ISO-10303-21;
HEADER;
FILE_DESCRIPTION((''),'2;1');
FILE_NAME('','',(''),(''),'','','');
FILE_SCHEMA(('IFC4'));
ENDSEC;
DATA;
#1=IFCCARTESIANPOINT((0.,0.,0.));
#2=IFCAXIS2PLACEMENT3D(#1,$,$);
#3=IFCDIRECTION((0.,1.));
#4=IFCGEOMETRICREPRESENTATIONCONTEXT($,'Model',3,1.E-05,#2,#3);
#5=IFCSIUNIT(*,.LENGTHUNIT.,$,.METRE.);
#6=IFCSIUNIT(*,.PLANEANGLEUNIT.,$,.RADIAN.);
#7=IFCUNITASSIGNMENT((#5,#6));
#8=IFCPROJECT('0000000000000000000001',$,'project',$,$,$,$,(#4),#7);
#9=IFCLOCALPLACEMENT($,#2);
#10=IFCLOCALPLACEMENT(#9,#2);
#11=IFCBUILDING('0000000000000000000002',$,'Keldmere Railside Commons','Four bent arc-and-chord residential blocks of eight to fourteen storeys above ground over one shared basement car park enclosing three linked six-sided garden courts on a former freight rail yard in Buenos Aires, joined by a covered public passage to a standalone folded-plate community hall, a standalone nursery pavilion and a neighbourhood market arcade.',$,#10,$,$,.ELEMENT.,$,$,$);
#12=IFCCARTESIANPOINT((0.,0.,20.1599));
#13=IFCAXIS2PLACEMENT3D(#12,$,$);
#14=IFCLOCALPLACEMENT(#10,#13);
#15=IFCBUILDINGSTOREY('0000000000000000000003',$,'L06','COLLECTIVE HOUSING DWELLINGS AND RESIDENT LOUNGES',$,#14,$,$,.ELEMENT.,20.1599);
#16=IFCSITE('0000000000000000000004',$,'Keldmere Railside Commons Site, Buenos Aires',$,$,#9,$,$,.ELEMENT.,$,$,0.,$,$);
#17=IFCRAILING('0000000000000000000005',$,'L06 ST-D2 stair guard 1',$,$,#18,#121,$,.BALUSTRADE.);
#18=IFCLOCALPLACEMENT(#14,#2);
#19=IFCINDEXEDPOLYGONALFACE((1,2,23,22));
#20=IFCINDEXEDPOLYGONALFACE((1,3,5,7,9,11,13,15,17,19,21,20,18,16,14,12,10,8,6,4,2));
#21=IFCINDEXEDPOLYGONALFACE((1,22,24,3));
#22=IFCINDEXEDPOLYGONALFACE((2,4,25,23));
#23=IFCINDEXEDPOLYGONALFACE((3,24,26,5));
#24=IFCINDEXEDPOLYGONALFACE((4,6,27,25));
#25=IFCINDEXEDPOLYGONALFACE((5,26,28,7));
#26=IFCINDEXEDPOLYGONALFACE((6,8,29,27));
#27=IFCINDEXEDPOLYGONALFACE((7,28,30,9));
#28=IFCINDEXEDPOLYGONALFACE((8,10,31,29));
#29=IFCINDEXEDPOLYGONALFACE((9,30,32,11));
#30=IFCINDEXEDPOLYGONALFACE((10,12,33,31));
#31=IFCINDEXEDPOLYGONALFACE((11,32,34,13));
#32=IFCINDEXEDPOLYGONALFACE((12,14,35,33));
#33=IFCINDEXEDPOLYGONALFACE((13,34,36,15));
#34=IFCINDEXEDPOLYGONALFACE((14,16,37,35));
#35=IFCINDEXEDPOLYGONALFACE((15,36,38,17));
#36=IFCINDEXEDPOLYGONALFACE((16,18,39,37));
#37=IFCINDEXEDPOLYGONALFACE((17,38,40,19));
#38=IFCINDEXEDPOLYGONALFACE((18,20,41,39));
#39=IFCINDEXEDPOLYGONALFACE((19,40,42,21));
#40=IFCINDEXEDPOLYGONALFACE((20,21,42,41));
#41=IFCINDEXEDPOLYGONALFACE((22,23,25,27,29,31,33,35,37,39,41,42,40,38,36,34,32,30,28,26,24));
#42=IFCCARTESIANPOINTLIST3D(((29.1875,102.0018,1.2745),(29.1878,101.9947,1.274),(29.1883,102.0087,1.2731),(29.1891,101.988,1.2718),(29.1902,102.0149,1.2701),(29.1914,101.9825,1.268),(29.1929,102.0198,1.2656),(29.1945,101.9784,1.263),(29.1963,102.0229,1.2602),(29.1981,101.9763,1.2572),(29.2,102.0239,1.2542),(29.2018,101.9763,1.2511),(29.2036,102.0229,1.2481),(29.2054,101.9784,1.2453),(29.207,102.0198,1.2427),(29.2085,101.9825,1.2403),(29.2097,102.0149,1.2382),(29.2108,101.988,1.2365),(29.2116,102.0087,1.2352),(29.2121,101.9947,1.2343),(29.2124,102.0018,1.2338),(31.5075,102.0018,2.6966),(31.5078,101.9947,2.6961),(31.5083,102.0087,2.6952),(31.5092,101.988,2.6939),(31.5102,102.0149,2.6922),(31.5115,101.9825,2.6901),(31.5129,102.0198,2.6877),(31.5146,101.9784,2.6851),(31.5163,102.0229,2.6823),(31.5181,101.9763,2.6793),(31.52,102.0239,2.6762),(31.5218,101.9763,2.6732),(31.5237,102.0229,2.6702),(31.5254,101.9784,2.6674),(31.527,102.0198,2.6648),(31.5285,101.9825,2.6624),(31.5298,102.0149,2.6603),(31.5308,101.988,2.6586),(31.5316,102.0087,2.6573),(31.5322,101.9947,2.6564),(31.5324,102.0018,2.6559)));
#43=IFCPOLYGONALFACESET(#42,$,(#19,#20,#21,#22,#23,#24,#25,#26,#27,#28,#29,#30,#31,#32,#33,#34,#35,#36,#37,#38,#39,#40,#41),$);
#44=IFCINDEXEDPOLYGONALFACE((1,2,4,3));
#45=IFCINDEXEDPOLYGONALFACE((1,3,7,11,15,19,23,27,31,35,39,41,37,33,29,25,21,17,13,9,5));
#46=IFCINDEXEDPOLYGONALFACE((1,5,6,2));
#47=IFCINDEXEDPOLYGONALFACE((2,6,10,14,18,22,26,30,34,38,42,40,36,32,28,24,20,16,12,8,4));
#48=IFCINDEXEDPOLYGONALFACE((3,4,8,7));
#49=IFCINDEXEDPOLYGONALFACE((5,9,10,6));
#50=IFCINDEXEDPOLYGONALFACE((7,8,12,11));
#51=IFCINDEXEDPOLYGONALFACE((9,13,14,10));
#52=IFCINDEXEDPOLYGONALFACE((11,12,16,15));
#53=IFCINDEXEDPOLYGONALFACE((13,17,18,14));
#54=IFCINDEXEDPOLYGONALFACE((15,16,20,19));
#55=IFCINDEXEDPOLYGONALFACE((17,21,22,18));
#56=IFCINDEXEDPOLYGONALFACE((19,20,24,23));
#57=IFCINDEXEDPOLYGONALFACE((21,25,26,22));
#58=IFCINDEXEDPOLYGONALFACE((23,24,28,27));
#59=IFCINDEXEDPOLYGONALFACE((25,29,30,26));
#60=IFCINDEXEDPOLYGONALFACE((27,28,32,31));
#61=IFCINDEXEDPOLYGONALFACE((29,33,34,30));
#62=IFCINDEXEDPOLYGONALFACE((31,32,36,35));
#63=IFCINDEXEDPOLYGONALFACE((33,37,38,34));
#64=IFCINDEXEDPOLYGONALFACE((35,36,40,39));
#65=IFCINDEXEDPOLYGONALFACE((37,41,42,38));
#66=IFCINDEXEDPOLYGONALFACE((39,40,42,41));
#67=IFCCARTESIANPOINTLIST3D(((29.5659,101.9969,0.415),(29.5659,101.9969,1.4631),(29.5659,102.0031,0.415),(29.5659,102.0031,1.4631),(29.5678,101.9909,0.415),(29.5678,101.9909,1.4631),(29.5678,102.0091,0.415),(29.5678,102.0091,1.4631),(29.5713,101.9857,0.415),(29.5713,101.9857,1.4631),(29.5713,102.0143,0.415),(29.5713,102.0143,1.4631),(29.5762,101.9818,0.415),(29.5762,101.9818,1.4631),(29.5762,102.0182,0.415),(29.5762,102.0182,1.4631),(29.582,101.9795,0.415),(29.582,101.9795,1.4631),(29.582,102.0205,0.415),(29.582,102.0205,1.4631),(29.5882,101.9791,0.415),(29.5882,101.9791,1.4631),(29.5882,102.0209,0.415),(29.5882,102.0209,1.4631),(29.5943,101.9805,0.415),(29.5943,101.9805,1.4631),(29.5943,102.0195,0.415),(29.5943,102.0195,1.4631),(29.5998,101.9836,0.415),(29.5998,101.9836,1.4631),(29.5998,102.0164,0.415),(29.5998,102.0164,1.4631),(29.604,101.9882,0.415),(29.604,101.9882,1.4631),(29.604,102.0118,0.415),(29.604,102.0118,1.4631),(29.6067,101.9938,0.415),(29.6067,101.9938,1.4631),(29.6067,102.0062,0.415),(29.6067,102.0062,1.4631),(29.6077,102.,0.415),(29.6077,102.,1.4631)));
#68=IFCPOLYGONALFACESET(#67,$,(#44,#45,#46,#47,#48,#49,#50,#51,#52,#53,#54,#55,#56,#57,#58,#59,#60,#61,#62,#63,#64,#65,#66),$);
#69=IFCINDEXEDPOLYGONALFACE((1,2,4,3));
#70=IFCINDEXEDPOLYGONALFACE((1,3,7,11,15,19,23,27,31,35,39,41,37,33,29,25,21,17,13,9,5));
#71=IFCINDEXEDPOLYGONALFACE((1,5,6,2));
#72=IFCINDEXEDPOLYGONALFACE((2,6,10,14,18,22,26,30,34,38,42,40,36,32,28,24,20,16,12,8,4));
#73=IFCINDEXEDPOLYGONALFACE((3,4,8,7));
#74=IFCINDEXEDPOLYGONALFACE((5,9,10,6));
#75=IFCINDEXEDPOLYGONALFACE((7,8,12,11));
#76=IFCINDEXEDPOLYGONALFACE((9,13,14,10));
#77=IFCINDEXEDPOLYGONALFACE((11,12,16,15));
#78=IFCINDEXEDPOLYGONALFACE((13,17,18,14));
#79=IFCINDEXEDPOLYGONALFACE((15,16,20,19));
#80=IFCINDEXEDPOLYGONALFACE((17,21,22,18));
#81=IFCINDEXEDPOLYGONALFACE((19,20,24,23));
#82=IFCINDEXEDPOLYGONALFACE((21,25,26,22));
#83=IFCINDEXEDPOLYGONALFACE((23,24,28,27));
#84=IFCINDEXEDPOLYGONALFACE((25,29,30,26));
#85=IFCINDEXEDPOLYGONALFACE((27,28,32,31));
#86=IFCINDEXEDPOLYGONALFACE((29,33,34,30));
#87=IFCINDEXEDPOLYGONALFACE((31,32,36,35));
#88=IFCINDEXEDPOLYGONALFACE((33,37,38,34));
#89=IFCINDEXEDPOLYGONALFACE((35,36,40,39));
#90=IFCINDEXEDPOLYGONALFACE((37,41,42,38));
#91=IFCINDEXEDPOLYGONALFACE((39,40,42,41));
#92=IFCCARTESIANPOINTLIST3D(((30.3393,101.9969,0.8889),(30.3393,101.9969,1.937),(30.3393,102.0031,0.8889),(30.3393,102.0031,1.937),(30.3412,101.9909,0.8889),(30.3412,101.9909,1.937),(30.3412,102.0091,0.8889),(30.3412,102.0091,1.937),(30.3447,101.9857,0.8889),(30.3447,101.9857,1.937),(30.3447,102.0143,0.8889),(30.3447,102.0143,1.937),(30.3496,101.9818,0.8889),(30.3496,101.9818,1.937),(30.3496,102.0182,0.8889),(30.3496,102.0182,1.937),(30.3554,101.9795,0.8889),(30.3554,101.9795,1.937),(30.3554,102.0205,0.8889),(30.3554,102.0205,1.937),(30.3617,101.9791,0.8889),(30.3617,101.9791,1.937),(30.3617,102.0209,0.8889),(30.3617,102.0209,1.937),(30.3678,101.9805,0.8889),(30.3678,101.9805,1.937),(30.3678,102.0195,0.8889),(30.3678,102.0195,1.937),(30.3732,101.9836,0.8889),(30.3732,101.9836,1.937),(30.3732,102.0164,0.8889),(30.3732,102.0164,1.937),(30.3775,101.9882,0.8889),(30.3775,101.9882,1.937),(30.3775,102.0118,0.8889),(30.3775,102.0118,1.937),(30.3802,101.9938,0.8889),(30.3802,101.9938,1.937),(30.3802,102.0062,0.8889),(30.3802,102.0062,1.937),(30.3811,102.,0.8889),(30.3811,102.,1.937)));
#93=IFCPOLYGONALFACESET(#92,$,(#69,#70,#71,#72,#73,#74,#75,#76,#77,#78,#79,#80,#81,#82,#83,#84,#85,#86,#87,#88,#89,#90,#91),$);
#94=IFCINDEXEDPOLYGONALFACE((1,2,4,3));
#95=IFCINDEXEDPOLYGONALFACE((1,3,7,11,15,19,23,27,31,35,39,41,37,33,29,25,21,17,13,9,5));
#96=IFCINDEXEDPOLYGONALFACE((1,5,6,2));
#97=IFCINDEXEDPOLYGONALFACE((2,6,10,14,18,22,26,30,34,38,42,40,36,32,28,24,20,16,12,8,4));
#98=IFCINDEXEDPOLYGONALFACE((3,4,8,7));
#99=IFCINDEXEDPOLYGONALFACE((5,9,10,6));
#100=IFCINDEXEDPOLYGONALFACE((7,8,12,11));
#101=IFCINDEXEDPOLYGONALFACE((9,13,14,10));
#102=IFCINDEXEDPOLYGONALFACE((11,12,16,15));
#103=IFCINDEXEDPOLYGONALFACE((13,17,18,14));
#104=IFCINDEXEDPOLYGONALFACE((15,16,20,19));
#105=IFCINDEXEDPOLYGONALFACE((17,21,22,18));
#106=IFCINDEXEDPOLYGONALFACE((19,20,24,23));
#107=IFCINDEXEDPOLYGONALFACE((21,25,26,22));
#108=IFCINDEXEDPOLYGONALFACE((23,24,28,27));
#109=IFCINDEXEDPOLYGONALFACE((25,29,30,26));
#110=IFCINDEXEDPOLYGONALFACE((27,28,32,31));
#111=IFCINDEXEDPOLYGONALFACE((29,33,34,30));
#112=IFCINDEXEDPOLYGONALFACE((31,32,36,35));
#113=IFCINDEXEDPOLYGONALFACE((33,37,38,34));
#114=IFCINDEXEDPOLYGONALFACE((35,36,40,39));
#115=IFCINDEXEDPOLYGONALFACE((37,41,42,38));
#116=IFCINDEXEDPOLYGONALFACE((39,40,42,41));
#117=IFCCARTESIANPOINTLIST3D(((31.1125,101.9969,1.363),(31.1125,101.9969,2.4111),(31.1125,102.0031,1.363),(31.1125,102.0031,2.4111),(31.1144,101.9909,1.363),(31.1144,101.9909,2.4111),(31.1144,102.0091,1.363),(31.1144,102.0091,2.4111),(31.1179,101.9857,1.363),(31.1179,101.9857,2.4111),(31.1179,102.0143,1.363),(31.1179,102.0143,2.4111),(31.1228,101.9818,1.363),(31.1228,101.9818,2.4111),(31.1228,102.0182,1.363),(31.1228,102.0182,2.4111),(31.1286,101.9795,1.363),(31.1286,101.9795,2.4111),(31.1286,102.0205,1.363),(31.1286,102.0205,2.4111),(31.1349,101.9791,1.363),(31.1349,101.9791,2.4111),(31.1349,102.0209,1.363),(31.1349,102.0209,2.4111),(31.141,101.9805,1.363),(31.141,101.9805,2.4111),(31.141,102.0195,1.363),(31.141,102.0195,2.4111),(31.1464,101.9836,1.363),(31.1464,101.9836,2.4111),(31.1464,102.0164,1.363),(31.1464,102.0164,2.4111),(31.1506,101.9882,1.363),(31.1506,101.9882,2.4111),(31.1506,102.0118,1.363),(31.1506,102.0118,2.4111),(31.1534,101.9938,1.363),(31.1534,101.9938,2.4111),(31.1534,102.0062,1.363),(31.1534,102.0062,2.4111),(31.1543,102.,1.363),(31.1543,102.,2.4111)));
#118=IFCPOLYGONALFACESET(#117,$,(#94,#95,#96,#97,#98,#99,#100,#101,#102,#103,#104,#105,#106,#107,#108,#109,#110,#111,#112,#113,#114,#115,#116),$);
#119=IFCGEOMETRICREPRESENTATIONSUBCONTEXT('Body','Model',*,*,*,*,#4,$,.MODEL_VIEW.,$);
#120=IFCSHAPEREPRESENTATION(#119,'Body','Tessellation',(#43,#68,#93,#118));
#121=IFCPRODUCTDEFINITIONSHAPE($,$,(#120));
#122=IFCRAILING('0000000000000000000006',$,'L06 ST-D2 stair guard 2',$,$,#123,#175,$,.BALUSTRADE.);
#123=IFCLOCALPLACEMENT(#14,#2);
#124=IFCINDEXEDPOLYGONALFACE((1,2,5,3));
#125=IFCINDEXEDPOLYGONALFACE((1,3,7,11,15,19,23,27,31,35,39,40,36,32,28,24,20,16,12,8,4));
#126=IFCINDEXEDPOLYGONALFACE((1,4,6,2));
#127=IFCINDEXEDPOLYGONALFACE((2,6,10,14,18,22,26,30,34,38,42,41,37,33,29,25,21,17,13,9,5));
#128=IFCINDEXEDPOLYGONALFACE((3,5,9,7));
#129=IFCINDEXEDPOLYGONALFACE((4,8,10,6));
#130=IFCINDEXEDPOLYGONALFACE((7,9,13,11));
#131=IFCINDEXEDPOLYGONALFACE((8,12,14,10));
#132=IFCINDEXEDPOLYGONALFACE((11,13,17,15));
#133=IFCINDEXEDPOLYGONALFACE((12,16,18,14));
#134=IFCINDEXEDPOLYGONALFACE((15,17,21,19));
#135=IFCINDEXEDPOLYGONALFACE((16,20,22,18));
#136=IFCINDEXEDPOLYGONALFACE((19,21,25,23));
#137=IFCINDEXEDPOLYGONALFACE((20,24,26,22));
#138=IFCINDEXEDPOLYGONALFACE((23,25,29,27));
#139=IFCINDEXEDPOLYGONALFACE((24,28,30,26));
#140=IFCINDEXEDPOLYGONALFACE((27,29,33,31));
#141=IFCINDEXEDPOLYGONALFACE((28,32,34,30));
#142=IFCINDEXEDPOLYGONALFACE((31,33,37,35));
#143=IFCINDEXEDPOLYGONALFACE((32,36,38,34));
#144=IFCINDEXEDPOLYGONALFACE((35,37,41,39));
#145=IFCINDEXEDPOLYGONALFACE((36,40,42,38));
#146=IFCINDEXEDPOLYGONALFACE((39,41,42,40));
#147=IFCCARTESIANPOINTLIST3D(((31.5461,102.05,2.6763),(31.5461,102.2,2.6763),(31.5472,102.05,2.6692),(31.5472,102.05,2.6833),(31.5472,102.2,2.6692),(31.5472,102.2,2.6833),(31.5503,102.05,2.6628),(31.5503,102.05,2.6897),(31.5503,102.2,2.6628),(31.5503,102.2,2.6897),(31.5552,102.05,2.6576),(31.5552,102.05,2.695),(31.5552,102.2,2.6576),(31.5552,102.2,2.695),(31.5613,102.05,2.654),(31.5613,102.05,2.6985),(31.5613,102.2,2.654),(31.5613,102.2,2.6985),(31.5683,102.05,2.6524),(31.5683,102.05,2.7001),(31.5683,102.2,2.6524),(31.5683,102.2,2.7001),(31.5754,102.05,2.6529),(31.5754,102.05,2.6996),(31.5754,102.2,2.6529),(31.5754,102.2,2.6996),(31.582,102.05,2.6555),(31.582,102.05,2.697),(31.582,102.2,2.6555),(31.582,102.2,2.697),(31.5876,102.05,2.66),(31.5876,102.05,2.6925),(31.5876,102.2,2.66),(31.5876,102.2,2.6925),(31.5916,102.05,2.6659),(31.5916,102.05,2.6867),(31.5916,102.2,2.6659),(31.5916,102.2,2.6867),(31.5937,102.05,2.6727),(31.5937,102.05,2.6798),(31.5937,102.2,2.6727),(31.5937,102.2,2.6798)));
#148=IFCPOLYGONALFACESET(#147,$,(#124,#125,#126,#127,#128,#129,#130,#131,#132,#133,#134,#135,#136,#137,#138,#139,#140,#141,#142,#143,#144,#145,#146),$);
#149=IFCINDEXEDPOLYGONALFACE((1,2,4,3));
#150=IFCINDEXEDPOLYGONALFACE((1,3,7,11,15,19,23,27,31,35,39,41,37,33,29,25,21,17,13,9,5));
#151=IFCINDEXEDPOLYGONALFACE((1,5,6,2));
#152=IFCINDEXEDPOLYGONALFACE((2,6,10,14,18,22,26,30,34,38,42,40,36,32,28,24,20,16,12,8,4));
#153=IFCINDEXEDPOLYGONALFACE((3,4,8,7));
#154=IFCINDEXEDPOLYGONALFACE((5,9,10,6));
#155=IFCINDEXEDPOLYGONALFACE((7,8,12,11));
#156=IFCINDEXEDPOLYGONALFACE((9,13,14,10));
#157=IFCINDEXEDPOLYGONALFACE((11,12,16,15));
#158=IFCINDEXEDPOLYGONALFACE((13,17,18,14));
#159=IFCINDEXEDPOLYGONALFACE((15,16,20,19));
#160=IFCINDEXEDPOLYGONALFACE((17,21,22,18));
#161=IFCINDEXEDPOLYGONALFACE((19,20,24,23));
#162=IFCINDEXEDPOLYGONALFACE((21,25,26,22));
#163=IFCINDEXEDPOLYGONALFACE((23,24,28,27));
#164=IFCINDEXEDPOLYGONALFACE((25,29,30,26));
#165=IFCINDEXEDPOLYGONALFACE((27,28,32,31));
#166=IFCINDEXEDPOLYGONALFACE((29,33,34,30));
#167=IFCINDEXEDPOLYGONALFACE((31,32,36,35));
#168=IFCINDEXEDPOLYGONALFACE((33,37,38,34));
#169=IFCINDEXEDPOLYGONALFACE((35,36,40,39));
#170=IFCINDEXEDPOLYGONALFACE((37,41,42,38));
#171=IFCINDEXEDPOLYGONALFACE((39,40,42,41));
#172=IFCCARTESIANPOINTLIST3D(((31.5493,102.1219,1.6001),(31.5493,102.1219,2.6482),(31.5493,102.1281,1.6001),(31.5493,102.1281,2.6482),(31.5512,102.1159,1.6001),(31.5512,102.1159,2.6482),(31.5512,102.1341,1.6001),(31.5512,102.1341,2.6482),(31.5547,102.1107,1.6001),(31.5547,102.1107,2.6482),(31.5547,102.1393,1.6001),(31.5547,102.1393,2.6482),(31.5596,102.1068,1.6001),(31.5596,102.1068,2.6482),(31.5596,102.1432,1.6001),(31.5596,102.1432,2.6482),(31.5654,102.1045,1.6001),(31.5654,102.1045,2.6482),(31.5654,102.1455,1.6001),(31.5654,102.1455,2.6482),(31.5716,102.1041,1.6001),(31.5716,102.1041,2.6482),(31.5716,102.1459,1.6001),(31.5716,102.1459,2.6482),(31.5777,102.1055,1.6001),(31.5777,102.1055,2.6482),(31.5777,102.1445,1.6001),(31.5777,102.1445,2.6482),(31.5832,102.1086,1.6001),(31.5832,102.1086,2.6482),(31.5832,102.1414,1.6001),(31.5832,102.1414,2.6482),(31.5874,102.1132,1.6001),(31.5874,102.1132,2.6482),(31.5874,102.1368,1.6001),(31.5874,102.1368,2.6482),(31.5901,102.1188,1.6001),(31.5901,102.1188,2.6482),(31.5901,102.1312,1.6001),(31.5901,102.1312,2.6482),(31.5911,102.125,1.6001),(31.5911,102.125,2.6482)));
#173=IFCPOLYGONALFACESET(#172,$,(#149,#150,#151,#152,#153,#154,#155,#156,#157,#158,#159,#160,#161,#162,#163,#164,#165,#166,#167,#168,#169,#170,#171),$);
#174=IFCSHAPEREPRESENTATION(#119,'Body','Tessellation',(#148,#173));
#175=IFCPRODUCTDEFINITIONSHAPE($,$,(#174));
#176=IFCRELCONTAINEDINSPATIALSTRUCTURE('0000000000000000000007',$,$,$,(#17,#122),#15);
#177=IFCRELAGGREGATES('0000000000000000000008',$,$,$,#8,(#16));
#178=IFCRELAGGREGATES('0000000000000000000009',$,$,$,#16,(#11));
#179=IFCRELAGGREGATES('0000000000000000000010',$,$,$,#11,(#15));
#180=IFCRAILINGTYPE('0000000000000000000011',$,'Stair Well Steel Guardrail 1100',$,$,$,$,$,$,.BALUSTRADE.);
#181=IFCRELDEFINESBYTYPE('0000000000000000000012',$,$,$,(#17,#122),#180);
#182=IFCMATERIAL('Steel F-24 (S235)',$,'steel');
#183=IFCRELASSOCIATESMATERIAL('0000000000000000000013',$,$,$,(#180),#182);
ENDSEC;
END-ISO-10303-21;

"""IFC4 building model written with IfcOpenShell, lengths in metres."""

from ifc_helpers import new_model, si_unit, direction, frame, origin, origin_2d, place, context, subcontext, project, spatial, circle, extrude, material, type_object, element, save


model = new_model("IFC4")

# Units and contexts
model_context = context("Model", 3, precision=1e-05, world=origin(), true_north=direction((0.0, 1.0)))
body_context = subcontext(model_context, "Body", "Model", "MODEL_VIEW")
ifc_project = project(units=[si_unit("LENGTHUNIT", "METRE"), si_unit("PLANEANGLEUNIT", "RADIAN")], contexts=[model_context])

# Site, building, storey
site_placement = place(None, origin())
site = spatial("IfcSite", under=ifc_project, at=site_placement, Name="Keldmere Railside Commons Site, Buenos Aires", CompositionType="ELEMENT", RefElevation=0.0)
building_placement = place(site_placement, origin())
building = spatial("IfcBuilding", under=site, at=building_placement, Name="Keldmere Railside Commons", Description="Four bent arc-and-chord residential blocks of eight to fourteen storeys above ground over one shared basement car park enclosing three linked six-sided garden courts on a former freight rail yard in Buenos Aires, joined by a covered public passage to a standalone folded-plate community hall, a standalone nursery pavilion and a neighbourhood market arcade.", CompositionType="ELEMENT")
storey_placement = place(building_placement, frame((0.0, 0.0, 20.1599)))
storey = spatial("IfcBuildingStorey", under=building, at=storey_placement, Name="L06", Description="COLLECTIVE HOUSING DWELLINGS AND RESIDENT LOUNGES", CompositionType="ELEMENT", Elevation=20.1599)

# Railings
ifc_material_1 = material(Name="Steel F-24 (S235)", Category="steel")
railing_type_1 = type_object("IfcRailingType", Name="Stair Well Steel Guardrail 1100", PredefinedType="BALUSTRADE", material=ifc_material_1)
railing_1_placement = place(storey_placement, frame((29.2, 102.0, 0.178)))
element("IfcRailing", 1, at=railing_1_placement, inside=storey, type_object=railing_type_1, Name="L06 ST-D2 stair guard 1", PredefinedType="BALUSTRADE", context=body_context, shape_type="SweptSolid", body=[
    extrude(circle(Radius=0.0239, at=origin_2d()), frame((0.0, 0.0, 1.0762), z_axis=(0.852578, 0.0, 0.5226), x_axis=(0.0, 1.0, 0.0)), (0.0, 0.0, 1.0), 2.7212),
    extrude(circle(Radius=0.021, at=origin_2d()), frame((0.3867, 0.0, 0.2371)), (0.0, 0.0, 1.0), 1.0481),
    extrude(circle(Radius=0.021, at=origin_2d()), frame((1.1602, 0.0, 0.7109)), (0.0, 0.0, 1.0), 1.0481),
    extrude(circle(Radius=0.021, at=origin_2d()), frame((1.9333, 0.0, 1.1851)), (0.0, 0.0, 1.0), 1.0481),
])
railing_2_placement = place(storey_placement, frame((31.5701, 102.05, 1.6001)))
element("IfcRailing", 2, at=railing_2_placement, inside=storey, type_object=railing_type_1, Name="L06 ST-D2 stair guard 2", PredefinedType="BALUSTRADE", context=body_context, shape_type="SweptSolid", body=[
    extrude(circle(Radius=0.0239, at=origin_2d()), frame((0.0, 0.0, 1.0762), z_axis=(0.0, 1.0, 0.0), x_axis=(-1.0, 0.0, 0.0)), (0.0, 0.0, 1.0), 0.1499),
    extrude(circle(Radius=0.021, at=origin_2d()), frame((0.0, 0.075, 0.0)), (0.0, 0.0, 1.0), 1.0481),
])

save(model, "model.ifc")
